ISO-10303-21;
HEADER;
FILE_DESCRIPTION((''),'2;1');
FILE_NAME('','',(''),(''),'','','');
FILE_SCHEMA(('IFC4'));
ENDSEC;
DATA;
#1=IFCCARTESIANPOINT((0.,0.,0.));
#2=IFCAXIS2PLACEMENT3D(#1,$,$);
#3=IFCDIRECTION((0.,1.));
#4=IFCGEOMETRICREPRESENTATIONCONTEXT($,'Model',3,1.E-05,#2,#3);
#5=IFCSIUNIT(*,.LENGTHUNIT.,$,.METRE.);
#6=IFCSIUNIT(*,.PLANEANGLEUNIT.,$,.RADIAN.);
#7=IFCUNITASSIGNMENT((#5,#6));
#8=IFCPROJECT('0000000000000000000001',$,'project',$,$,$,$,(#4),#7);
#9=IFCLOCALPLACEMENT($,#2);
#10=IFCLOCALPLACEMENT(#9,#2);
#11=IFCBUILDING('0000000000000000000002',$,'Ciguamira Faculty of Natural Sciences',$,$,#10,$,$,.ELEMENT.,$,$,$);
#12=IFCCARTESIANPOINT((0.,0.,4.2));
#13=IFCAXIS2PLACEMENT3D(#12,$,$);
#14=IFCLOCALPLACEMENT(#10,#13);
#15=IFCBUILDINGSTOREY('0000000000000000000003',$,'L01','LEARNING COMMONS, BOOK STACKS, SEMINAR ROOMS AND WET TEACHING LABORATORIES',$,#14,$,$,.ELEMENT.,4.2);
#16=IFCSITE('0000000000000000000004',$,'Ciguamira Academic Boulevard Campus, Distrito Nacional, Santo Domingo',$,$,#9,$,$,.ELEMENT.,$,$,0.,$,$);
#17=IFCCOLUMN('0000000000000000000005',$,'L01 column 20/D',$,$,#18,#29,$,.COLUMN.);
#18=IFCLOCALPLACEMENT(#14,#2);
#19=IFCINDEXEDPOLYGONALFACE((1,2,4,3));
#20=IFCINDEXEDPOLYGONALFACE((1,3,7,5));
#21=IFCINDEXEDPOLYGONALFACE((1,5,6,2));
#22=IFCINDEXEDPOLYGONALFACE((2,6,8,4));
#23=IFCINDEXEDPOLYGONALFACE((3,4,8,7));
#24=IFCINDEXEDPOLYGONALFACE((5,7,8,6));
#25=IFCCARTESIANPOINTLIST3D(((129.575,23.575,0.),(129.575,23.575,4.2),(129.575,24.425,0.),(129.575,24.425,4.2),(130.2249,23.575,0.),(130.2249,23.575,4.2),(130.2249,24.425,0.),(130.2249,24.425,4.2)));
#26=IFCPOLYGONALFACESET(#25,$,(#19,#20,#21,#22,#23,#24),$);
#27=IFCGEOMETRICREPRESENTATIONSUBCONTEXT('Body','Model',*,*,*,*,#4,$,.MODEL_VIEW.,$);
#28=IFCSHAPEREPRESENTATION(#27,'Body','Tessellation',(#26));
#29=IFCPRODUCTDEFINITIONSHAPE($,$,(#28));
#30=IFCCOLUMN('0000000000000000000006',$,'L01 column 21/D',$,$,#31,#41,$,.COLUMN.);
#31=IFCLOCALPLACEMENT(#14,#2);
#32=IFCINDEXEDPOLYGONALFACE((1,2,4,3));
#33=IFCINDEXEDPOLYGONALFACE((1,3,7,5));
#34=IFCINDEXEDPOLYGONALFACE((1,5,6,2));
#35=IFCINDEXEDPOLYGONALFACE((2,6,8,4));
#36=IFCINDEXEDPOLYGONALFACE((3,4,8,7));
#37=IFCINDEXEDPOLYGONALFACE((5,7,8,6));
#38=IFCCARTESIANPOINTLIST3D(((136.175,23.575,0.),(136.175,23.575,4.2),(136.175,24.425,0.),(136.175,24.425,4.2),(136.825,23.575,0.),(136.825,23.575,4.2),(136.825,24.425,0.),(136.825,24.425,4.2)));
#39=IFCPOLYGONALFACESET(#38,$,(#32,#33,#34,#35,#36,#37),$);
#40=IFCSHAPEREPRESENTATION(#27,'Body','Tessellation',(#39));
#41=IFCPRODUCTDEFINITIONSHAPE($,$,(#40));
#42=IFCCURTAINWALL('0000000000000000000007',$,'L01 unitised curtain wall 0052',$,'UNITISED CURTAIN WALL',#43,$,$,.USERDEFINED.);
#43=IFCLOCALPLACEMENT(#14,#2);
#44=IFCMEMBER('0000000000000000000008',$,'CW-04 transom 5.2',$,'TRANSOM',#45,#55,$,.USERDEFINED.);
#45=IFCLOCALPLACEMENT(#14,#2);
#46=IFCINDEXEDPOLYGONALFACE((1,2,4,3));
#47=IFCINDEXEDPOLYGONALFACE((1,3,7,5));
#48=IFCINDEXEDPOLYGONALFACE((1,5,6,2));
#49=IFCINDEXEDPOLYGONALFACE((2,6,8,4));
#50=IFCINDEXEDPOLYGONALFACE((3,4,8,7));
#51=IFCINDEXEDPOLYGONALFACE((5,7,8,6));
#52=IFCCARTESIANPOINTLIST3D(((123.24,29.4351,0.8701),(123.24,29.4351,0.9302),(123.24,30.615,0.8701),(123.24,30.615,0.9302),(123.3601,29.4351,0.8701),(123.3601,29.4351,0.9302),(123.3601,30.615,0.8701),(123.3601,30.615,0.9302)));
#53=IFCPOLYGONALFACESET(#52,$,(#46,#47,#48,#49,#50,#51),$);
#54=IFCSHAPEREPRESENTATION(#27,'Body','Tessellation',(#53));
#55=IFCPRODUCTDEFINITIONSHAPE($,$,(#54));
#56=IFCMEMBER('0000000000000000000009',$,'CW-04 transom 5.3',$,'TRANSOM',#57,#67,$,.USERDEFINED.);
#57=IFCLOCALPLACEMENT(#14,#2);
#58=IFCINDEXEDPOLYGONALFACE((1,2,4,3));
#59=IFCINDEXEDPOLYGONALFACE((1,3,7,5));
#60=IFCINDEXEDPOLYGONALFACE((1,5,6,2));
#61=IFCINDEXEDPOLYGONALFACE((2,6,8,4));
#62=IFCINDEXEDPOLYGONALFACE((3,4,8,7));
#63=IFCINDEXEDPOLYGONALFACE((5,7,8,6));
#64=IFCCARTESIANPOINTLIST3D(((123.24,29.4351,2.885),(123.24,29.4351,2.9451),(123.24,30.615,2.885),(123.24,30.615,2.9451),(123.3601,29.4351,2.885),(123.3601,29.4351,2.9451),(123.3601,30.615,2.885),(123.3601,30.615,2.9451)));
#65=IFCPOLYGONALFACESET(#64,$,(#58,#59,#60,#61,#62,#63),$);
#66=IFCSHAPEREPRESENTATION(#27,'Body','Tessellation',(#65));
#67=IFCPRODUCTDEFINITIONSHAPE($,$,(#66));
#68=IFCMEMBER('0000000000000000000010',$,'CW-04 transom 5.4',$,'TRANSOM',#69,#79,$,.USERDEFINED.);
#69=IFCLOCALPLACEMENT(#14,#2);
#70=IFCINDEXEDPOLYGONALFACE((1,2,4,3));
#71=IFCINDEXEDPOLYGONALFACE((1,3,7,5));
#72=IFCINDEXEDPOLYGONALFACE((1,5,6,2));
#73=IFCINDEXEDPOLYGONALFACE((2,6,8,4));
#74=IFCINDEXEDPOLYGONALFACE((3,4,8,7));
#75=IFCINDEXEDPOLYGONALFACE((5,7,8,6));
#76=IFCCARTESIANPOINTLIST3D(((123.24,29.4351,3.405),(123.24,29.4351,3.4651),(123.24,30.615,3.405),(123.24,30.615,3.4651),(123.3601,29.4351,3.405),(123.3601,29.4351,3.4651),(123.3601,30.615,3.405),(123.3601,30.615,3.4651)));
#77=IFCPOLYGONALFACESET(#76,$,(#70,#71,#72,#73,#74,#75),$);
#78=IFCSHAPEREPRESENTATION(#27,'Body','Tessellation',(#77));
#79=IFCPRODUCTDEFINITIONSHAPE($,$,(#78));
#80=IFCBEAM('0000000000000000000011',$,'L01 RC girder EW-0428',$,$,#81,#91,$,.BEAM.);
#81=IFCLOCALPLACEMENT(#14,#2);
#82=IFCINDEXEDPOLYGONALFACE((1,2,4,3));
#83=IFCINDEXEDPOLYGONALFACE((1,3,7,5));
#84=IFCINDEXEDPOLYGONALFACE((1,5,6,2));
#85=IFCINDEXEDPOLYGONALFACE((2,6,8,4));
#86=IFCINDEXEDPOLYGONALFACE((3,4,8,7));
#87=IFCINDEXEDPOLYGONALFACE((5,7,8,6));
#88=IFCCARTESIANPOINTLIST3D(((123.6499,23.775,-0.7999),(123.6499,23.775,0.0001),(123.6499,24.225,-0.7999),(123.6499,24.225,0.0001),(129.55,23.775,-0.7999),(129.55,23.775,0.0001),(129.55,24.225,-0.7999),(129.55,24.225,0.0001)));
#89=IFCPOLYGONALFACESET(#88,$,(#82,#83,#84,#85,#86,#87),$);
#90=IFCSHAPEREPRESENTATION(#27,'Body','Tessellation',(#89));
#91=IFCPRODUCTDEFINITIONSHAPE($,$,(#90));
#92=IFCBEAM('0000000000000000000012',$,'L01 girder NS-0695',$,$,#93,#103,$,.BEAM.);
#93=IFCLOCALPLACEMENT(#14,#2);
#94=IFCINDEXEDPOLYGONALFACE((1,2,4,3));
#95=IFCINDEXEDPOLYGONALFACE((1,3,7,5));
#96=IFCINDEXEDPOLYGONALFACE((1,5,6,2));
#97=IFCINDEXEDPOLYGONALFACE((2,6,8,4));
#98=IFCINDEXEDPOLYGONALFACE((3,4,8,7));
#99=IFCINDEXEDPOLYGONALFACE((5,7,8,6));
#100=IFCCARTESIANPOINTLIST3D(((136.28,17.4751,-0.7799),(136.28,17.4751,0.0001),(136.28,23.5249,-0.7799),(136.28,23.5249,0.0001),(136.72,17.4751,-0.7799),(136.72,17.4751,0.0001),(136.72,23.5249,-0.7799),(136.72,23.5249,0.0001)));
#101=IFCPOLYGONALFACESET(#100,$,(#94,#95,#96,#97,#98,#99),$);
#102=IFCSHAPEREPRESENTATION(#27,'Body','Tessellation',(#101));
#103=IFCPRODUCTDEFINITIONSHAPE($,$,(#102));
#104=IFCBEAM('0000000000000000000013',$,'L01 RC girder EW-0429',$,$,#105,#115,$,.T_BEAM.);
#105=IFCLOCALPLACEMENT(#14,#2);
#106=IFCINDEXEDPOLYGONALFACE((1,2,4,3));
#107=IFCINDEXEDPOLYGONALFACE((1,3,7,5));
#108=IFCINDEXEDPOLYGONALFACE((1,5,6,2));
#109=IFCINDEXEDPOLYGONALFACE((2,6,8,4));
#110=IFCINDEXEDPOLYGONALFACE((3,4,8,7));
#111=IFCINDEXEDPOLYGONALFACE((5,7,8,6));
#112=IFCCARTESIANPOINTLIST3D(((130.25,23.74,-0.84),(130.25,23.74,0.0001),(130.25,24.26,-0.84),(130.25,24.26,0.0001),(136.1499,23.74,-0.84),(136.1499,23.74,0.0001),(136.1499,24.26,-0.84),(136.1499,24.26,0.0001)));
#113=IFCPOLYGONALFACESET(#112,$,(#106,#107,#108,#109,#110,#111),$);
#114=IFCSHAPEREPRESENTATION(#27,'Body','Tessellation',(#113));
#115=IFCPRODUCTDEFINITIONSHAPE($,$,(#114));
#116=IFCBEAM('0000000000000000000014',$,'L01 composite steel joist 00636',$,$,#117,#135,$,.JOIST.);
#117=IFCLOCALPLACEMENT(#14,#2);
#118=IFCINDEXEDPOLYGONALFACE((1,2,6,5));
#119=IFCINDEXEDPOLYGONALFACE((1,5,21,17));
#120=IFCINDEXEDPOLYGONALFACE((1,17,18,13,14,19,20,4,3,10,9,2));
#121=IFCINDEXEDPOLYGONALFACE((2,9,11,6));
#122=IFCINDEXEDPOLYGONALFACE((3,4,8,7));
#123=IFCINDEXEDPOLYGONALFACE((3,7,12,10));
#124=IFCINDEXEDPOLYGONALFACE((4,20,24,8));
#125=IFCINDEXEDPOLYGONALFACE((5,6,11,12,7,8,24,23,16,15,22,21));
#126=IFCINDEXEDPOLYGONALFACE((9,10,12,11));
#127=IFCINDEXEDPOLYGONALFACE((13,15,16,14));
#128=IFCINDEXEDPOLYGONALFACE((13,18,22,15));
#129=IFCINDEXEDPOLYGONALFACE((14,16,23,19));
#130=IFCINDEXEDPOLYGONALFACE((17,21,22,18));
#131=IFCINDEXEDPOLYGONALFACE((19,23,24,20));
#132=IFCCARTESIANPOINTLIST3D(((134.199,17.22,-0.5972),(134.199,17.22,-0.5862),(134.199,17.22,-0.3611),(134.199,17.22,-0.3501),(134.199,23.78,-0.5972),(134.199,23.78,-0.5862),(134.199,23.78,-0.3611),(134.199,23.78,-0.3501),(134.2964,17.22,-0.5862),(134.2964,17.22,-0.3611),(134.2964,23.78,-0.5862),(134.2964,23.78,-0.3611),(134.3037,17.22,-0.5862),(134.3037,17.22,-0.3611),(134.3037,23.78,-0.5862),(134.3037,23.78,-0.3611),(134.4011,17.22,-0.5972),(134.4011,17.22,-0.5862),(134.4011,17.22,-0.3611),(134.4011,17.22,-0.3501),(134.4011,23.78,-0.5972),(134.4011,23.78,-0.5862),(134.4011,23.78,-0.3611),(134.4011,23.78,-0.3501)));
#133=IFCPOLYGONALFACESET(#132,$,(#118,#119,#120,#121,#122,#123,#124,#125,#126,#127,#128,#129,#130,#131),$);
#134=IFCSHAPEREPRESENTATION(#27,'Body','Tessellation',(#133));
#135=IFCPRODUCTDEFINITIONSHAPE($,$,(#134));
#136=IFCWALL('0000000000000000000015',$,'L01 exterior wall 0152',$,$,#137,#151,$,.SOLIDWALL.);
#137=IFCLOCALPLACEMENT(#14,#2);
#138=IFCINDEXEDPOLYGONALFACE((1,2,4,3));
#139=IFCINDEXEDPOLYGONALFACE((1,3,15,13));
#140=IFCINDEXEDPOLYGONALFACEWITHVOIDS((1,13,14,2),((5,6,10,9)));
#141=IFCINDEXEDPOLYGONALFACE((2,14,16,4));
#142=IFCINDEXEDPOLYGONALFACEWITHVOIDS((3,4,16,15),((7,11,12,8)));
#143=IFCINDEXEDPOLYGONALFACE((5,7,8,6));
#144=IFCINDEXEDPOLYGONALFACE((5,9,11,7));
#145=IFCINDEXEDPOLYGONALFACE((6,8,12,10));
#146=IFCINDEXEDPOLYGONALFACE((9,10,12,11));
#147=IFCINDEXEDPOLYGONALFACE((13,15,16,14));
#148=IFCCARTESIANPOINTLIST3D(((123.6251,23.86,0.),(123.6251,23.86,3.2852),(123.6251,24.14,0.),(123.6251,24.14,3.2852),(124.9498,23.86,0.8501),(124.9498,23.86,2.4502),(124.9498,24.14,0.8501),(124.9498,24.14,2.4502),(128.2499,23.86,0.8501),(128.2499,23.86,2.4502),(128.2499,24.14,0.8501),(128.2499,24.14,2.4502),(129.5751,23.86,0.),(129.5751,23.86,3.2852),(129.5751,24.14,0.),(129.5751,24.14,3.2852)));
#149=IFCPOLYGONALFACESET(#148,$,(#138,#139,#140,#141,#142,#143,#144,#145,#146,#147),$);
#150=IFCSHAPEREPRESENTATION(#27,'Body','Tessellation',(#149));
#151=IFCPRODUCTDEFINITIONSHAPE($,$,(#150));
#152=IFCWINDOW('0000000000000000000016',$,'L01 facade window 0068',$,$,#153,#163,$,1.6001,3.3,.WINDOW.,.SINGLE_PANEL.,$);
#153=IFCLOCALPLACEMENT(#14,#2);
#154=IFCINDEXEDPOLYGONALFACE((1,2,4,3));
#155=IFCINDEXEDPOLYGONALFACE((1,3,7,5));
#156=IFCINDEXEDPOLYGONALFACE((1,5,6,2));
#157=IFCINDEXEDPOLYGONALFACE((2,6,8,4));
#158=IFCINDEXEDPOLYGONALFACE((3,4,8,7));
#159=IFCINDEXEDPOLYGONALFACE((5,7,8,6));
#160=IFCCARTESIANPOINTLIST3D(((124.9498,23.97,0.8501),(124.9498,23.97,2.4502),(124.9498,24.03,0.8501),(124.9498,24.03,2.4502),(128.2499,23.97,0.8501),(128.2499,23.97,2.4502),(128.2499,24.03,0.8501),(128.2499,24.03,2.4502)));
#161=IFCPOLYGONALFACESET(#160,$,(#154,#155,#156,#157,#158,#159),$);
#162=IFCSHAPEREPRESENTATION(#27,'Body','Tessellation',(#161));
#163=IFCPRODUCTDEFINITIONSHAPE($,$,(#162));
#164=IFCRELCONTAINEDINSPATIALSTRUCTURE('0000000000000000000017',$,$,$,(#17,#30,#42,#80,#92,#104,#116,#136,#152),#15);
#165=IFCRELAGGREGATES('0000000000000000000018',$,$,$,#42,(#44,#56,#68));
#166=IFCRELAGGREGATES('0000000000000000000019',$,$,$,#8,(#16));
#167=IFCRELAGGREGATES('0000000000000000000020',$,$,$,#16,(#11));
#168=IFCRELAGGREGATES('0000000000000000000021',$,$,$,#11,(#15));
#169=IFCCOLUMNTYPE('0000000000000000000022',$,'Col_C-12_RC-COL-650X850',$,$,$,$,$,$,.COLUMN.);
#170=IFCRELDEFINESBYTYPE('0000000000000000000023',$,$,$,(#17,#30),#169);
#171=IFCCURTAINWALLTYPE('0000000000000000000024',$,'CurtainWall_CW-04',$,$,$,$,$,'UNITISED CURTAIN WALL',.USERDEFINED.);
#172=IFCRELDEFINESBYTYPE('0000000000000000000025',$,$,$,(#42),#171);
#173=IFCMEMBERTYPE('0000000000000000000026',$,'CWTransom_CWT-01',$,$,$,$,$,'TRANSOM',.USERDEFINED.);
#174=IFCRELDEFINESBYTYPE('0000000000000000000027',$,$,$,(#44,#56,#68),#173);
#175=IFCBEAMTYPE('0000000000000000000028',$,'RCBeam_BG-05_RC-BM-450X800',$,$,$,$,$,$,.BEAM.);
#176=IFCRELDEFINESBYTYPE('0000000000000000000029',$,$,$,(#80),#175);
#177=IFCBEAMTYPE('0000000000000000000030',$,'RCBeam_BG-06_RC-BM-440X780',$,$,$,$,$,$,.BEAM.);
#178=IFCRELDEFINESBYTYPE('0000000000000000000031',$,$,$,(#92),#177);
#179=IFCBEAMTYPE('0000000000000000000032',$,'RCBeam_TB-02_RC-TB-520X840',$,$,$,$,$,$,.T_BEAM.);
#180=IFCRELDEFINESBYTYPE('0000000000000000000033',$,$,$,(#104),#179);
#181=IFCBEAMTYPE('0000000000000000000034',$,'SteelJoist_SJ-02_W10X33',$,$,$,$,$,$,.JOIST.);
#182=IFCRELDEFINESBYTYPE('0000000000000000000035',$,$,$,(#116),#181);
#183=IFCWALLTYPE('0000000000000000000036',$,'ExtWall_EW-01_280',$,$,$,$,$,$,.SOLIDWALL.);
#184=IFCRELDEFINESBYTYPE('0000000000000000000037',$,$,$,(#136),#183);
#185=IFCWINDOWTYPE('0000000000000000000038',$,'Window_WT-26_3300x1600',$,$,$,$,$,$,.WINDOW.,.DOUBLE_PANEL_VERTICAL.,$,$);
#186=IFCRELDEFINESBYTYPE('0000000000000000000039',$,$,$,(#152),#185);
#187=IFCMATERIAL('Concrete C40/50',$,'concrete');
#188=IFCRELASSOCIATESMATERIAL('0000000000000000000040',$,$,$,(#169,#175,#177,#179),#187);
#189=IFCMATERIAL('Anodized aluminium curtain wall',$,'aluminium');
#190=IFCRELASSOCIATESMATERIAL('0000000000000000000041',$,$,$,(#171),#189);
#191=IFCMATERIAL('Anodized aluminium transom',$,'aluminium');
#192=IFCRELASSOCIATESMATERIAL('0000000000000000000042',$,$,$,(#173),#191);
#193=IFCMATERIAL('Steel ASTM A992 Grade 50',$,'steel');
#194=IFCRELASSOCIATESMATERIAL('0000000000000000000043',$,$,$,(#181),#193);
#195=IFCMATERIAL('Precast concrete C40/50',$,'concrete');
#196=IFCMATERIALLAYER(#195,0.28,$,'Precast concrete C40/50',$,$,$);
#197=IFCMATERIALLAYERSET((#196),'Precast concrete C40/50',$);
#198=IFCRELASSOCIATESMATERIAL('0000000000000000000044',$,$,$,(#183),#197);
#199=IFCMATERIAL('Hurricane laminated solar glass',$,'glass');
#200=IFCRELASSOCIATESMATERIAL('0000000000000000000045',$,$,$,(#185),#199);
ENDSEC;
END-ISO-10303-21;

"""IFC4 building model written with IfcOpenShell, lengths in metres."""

from ifc_helpers import new_model, si_unit, direction, frame, frame_2d, origin, origin_2d, place, context, subcontext, project, spatial, rectangle, i_section, extrude, material, layer, layer_set, material_profile, profile_set, type_object, element, fill, aggregate, save


model = new_model("IFC4")

# Units and contexts
model_context = context("Model", 3, precision=1e-05, world=origin(), true_north=direction((0.0, 1.0)))
body_context = subcontext(model_context, "Body", "Model", "MODEL_VIEW")
ifc_project = project(units=[si_unit("LENGTHUNIT", "METRE"), si_unit("PLANEANGLEUNIT", "RADIAN")], contexts=[model_context])

# Site, building, storey
site_placement = place(None, origin())
site = spatial("IfcSite", under=ifc_project, at=site_placement, Name="Ciguamira Academic Boulevard Campus, Distrito Nacional, Santo Domingo", CompositionType="ELEMENT", RefElevation=0.0)
building_placement = place(site_placement, origin())
building = spatial("IfcBuilding", under=site, at=building_placement, Name="Ciguamira Faculty of Natural Sciences", CompositionType="ELEMENT")
storey_placement = place(building_placement, frame((0.0, 0.0, 4.2)))
storey = spatial("IfcBuildingStorey", under=building, at=storey_placement, Name="L01", Description="LEARNING COMMONS, BOOK STACKS, SEMINAR ROOMS AND WET TEACHING LABORATORIES", CompositionType="ELEMENT", Elevation=4.2)

# Columns
ifc_material_1 = material(Name="Concrete C40/50", Category="concrete")
ifc_material_profile_1 = material_profile(ifc_material_1, rectangle(XDim=0.6499, YDim=0.8501, at=origin_2d()), Name="RC-COL-650X850")
ifc_profile_set_1 = profile_set([ifc_material_profile_1], Name="Concrete C40/50")
column_type = type_object("IfcColumnType", Name="Col_C-12_RC-COL-650X850", PredefinedType="COLUMN", material=ifc_profile_set_1)
for number, where, z_axis, x_axis, name in (
    (1, (129.8999, 24.0, 0.0), (0.0, 0.0, 1.0), (1.0, 0.0, 0.0), "L01 column 20/D"),
    (2, (136.5, 24.0, 0.0), (0.0, 0.0, 1.0), (1.0, 0.0, 0.0), "L01 column 21/D"),
):
    element("IfcColumn", number, at=place(storey_placement, frame(where, z_axis=z_axis, x_axis=x_axis)), inside=storey, type_object=column_type, Name=name, PredefinedType="COLUMN", context=body_context, shape_type="SweptSolid", body=[
        extrude(rectangle(XDim=0.6499, YDim=0.8501, at=origin_2d()), origin(), (0.0, 0.0, 1.0), 4.2),
    ])

# Curtain wall, members
ifc_material_2 = material(Name="Anodized aluminium curtain wall", Category="aluminium")
curtain_wall_type = type_object("IfcCurtainWallType", Name="CurtainWall_CW-04", ElementType="UNITISED CURTAIN WALL", PredefinedType="USERDEFINED", material=ifc_material_2)
curtain_wall_placement = place(storey_placement, origin())
curtain_wall = element("IfcCurtainWall", 3, at=curtain_wall_placement, inside=storey, type_object=curtain_wall_type, Name="L01 unitised curtain wall 0052", ObjectType="UNITISED CURTAIN WALL", PredefinedType="USERDEFINED")
ifc_material_3 = material(Name="Anodized aluminium transom", Category="aluminium")
ifc_material_profile_2 = material_profile(ifc_material_3, rectangle(XDim=0.0601, YDim=0.1201, at=origin_2d()), Name="ALU-TRN-60X120")
ifc_profile_set_2 = profile_set([ifc_material_profile_2], Name="Anodized aluminium transom")
member_type = type_object("IfcMemberType", Name="CWTransom_CWT-01", ElementType="TRANSOM", PredefinedType="USERDEFINED", material=ifc_profile_set_2)
member_1_placement = place(storey_placement, frame((123.3, 29.4351, 0.9001), z_axis=(0.0, 1.0, 0.0), x_axis=(0.0, 0.0, 1.0)))
member_1 = element("IfcMember", 4, at=member_1_placement, type_object=member_type, Name="CW-04 transom 5.2", ObjectType="TRANSOM", PredefinedType="USERDEFINED", context=body_context, shape_type="SweptSolid", body=[
    extrude(rectangle(XDim=0.0601, YDim=0.1201, at=origin_2d()), origin(), (0.0, 0.0, 1.0), 1.1799),
])
member_2_placement = place(storey_placement, frame((123.3, 29.4351, 2.915), z_axis=(0.0, 1.0, 0.0), x_axis=(0.0, 0.0, 1.0)))
member_2 = element("IfcMember", 5, at=member_2_placement, type_object=member_type, Name="CW-04 transom 5.3", ObjectType="TRANSOM", PredefinedType="USERDEFINED", context=body_context, shape_type="SweptSolid", body=[
    extrude(rectangle(XDim=0.0601, YDim=0.1201, at=origin_2d()), origin(), (0.0, 0.0, 1.0), 1.1799),
])
member_3_placement = place(storey_placement, frame((123.3, 29.4351, 3.4351), z_axis=(0.0, 1.0, 0.0), x_axis=(0.0, 0.0, 1.0)))
member_3 = element("IfcMember", 6, at=member_3_placement, type_object=member_type, Name="CW-04 transom 5.4", ObjectType="TRANSOM", PredefinedType="USERDEFINED", context=body_context, shape_type="SweptSolid", body=[
    extrude(rectangle(XDim=0.0601, YDim=0.1201, at=origin_2d()), origin(), (0.0, 0.0, 1.0), 1.1799),
])
aggregate(curtain_wall, [member_1, member_2, member_3])

# Beams
ifc_material_profile_3 = material_profile(ifc_material_1, rectangle(XDim=0.45, YDim=0.8, at=origin_2d()), Name="RC-BM-450X800")
ifc_profile_set_3 = profile_set([ifc_material_profile_3], Name="Concrete C40/50")
beam_type_1 = type_object("IfcBeamType", Name="RCBeam_BG-05_RC-BM-450X800", PredefinedType="BEAM", material=ifc_profile_set_3)
beam_1_placement = place(storey_placement, frame((123.6499, 24.0, -0.3999), z_axis=(1.0, 0.0, 0.0), x_axis=(0.0, 1.0, 0.0)))
element("IfcBeam", 7, at=beam_1_placement, inside=storey, type_object=beam_type_1, Name="L01 RC girder EW-0428", PredefinedType="BEAM", context=body_context, shape_type="SweptSolid", body=[
    extrude(rectangle(XDim=0.45, YDim=0.8, at=origin_2d()), origin(), (0.0, 0.0, 1.0), 5.9001),
])
ifc_material_profile_4 = material_profile(ifc_material_1, rectangle(XDim=0.4399, YDim=0.78, at=origin_2d()), Name="RC-BM-440X780")
ifc_profile_set_4 = profile_set([ifc_material_profile_4], Name="Concrete C40/50")
beam_type_2 = type_object("IfcBeamType", Name="RCBeam_BG-06_RC-BM-440X780", PredefinedType="BEAM", material=ifc_profile_set_4)
beam_2_placement = place(storey_placement, frame((136.5, 17.4751, -0.3899), z_axis=(0.0, 1.0, 0.0), x_axis=(-1.0, 0.0, 0.0)))
element("IfcBeam", 8, at=beam_2_placement, inside=storey, type_object=beam_type_2, Name="L01 girder NS-0695", PredefinedType="BEAM", context=body_context, shape_type="SweptSolid", body=[
    extrude(rectangle(XDim=0.4399, YDim=0.78, at=origin_2d()), origin(), (0.0, 0.0, 1.0), 6.0498),
])
ifc_material_profile_5 = material_profile(ifc_material_1, rectangle(XDim=0.52, YDim=0.8401, at=origin_2d()), Name="RC-TB-520X840")
ifc_profile_set_5 = profile_set([ifc_material_profile_5], Name="Concrete C40/50")
beam_type_3 = type_object("IfcBeamType", Name="RCBeam_TB-02_RC-TB-520X840", PredefinedType="T_BEAM", material=ifc_profile_set_5)
beam_3_placement = place(storey_placement, frame((130.25, 24.0, -0.4199), z_axis=(1.0, 0.0, 0.0), x_axis=(0.0, 1.0, 0.0)))
element("IfcBeam", 9, at=beam_3_placement, inside=storey, type_object=beam_type_3, Name="L01 RC girder EW-0429", PredefinedType="T_BEAM", context=body_context, shape_type="SweptSolid", body=[
    extrude(rectangle(XDim=0.52, YDim=0.8401, at=origin_2d()), origin(), (0.0, 0.0, 1.0), 5.8999),
])
ifc_material_4 = material(Name="Steel ASTM A992 Grade 50", Category="steel")
ifc_material_profile_6 = material_profile(ifc_material_4, i_section(OverallWidth=0.2021, OverallDepth=0.2471, WebThickness=0.0073, FlangeThickness=0.011, at=origin_2d()), Name="W10X33")
ifc_profile_set_6 = profile_set([ifc_material_profile_6], Name="Steel ASTM A992 Grade 50")
beam_type_4 = type_object("IfcBeamType", Name="SteelJoist_SJ-02_W10X33", PredefinedType="JOIST", material=ifc_profile_set_6)
beam_4_placement = place(storey_placement, frame((134.3, 17.22, -0.4736), z_axis=(0.0, 1.0, 0.0), x_axis=(-1.0, 0.0, 0.0)))
element("IfcBeam", 10, at=beam_4_placement, inside=storey, type_object=beam_type_4, Name="L01 composite steel joist 00636", PredefinedType="JOIST", context=body_context, shape_type="SweptSolid", body=[
    extrude(i_section(OverallWidth=0.2021, OverallDepth=0.2471, WebThickness=0.0073, FlangeThickness=0.011, at=origin_2d()), origin(), (0.0, 0.0, 1.0), 6.5601),
])

# Wall, opening, window
ifc_material_5 = material(Name="Precast concrete C40/50", Category="concrete")
ifc_layer_1 = layer(ifc_material_5, 0.28, Name="Precast concrete C40/50")
ifc_layer_set_1 = layer_set([ifc_layer_1], Name="Precast concrete C40/50")
wall_type_1 = type_object("IfcWallType", Name="ExtWall_EW-01_280", PredefinedType="SOLIDWALL", material=ifc_layer_set_1)
wall_1_placement = place(storey_placement, frame((123.625, 24.0, 0.0), z_axis=(0.0, 0.0, 1.0), x_axis=(1.0, 0.0, 0.0)))
wall_1 = element("IfcWall", 11, at=wall_1_placement, inside=storey, type_object=wall_type_1, Name="L01 exterior wall 0152", PredefinedType="SOLIDWALL", context=body_context, shape_type="SweptSolid", body=[
    extrude(rectangle(XDim=5.95, YDim=0.28, at=frame_2d((2.9751, 0.0))), origin(), (0.0, 0.0, 1.0), 3.2852),
])
opening_1_placement = place(wall_1_placement, frame((1.325, 0.0, 0.8501)))
opening_1 = element("IfcOpeningElement", 12, at=opening_1_placement, cuts=wall_1, PredefinedType="OPENING", context=body_context, shape_type="SweptSolid", body=[
    extrude(rectangle(XDim=3.3, YDim=1.6001, at=frame_2d((1.6499, 0.8))), frame((0.0, 0.1499, 0.0), z_axis=(0.0, -1.0, 0.0), x_axis=(1.0, 0.0, 0.0)), (0.0, 0.0, 1.0), 0.3),
])
ifc_material_6 = material(Name="Hurricane laminated solar glass", Category="glass")
window_type_1 = type_object("IfcWindowType", Name="Window_WT-26_3300x1600", PartitioningType="DOUBLE_PANEL_VERTICAL", PredefinedType="WINDOW", material=ifc_material_6)
window_1_placement = place(opening_1_placement, origin())
window_1 = element("IfcWindow", 13, at=window_1_placement, inside=storey, type_object=window_type_1, Name="L01 facade window 0068", OverallHeight=1.6001, OverallWidth=3.3, PartitioningType="SINGLE_PANEL", PredefinedType="WINDOW", context=body_context, shape_type="SweptSolid", body=[
    extrude(rectangle(XDim=3.3, YDim=1.6001, at=frame_2d((1.6499, 0.8))), frame((0.0, 0.03, 0.0), z_axis=(0.0, -1.0, 0.0), x_axis=(1.0, 0.0, 0.0)), (0.0, 0.0, 1.0), 0.0601),
])
fill(opening_1, window_1)

save(model, "model.ifc")
